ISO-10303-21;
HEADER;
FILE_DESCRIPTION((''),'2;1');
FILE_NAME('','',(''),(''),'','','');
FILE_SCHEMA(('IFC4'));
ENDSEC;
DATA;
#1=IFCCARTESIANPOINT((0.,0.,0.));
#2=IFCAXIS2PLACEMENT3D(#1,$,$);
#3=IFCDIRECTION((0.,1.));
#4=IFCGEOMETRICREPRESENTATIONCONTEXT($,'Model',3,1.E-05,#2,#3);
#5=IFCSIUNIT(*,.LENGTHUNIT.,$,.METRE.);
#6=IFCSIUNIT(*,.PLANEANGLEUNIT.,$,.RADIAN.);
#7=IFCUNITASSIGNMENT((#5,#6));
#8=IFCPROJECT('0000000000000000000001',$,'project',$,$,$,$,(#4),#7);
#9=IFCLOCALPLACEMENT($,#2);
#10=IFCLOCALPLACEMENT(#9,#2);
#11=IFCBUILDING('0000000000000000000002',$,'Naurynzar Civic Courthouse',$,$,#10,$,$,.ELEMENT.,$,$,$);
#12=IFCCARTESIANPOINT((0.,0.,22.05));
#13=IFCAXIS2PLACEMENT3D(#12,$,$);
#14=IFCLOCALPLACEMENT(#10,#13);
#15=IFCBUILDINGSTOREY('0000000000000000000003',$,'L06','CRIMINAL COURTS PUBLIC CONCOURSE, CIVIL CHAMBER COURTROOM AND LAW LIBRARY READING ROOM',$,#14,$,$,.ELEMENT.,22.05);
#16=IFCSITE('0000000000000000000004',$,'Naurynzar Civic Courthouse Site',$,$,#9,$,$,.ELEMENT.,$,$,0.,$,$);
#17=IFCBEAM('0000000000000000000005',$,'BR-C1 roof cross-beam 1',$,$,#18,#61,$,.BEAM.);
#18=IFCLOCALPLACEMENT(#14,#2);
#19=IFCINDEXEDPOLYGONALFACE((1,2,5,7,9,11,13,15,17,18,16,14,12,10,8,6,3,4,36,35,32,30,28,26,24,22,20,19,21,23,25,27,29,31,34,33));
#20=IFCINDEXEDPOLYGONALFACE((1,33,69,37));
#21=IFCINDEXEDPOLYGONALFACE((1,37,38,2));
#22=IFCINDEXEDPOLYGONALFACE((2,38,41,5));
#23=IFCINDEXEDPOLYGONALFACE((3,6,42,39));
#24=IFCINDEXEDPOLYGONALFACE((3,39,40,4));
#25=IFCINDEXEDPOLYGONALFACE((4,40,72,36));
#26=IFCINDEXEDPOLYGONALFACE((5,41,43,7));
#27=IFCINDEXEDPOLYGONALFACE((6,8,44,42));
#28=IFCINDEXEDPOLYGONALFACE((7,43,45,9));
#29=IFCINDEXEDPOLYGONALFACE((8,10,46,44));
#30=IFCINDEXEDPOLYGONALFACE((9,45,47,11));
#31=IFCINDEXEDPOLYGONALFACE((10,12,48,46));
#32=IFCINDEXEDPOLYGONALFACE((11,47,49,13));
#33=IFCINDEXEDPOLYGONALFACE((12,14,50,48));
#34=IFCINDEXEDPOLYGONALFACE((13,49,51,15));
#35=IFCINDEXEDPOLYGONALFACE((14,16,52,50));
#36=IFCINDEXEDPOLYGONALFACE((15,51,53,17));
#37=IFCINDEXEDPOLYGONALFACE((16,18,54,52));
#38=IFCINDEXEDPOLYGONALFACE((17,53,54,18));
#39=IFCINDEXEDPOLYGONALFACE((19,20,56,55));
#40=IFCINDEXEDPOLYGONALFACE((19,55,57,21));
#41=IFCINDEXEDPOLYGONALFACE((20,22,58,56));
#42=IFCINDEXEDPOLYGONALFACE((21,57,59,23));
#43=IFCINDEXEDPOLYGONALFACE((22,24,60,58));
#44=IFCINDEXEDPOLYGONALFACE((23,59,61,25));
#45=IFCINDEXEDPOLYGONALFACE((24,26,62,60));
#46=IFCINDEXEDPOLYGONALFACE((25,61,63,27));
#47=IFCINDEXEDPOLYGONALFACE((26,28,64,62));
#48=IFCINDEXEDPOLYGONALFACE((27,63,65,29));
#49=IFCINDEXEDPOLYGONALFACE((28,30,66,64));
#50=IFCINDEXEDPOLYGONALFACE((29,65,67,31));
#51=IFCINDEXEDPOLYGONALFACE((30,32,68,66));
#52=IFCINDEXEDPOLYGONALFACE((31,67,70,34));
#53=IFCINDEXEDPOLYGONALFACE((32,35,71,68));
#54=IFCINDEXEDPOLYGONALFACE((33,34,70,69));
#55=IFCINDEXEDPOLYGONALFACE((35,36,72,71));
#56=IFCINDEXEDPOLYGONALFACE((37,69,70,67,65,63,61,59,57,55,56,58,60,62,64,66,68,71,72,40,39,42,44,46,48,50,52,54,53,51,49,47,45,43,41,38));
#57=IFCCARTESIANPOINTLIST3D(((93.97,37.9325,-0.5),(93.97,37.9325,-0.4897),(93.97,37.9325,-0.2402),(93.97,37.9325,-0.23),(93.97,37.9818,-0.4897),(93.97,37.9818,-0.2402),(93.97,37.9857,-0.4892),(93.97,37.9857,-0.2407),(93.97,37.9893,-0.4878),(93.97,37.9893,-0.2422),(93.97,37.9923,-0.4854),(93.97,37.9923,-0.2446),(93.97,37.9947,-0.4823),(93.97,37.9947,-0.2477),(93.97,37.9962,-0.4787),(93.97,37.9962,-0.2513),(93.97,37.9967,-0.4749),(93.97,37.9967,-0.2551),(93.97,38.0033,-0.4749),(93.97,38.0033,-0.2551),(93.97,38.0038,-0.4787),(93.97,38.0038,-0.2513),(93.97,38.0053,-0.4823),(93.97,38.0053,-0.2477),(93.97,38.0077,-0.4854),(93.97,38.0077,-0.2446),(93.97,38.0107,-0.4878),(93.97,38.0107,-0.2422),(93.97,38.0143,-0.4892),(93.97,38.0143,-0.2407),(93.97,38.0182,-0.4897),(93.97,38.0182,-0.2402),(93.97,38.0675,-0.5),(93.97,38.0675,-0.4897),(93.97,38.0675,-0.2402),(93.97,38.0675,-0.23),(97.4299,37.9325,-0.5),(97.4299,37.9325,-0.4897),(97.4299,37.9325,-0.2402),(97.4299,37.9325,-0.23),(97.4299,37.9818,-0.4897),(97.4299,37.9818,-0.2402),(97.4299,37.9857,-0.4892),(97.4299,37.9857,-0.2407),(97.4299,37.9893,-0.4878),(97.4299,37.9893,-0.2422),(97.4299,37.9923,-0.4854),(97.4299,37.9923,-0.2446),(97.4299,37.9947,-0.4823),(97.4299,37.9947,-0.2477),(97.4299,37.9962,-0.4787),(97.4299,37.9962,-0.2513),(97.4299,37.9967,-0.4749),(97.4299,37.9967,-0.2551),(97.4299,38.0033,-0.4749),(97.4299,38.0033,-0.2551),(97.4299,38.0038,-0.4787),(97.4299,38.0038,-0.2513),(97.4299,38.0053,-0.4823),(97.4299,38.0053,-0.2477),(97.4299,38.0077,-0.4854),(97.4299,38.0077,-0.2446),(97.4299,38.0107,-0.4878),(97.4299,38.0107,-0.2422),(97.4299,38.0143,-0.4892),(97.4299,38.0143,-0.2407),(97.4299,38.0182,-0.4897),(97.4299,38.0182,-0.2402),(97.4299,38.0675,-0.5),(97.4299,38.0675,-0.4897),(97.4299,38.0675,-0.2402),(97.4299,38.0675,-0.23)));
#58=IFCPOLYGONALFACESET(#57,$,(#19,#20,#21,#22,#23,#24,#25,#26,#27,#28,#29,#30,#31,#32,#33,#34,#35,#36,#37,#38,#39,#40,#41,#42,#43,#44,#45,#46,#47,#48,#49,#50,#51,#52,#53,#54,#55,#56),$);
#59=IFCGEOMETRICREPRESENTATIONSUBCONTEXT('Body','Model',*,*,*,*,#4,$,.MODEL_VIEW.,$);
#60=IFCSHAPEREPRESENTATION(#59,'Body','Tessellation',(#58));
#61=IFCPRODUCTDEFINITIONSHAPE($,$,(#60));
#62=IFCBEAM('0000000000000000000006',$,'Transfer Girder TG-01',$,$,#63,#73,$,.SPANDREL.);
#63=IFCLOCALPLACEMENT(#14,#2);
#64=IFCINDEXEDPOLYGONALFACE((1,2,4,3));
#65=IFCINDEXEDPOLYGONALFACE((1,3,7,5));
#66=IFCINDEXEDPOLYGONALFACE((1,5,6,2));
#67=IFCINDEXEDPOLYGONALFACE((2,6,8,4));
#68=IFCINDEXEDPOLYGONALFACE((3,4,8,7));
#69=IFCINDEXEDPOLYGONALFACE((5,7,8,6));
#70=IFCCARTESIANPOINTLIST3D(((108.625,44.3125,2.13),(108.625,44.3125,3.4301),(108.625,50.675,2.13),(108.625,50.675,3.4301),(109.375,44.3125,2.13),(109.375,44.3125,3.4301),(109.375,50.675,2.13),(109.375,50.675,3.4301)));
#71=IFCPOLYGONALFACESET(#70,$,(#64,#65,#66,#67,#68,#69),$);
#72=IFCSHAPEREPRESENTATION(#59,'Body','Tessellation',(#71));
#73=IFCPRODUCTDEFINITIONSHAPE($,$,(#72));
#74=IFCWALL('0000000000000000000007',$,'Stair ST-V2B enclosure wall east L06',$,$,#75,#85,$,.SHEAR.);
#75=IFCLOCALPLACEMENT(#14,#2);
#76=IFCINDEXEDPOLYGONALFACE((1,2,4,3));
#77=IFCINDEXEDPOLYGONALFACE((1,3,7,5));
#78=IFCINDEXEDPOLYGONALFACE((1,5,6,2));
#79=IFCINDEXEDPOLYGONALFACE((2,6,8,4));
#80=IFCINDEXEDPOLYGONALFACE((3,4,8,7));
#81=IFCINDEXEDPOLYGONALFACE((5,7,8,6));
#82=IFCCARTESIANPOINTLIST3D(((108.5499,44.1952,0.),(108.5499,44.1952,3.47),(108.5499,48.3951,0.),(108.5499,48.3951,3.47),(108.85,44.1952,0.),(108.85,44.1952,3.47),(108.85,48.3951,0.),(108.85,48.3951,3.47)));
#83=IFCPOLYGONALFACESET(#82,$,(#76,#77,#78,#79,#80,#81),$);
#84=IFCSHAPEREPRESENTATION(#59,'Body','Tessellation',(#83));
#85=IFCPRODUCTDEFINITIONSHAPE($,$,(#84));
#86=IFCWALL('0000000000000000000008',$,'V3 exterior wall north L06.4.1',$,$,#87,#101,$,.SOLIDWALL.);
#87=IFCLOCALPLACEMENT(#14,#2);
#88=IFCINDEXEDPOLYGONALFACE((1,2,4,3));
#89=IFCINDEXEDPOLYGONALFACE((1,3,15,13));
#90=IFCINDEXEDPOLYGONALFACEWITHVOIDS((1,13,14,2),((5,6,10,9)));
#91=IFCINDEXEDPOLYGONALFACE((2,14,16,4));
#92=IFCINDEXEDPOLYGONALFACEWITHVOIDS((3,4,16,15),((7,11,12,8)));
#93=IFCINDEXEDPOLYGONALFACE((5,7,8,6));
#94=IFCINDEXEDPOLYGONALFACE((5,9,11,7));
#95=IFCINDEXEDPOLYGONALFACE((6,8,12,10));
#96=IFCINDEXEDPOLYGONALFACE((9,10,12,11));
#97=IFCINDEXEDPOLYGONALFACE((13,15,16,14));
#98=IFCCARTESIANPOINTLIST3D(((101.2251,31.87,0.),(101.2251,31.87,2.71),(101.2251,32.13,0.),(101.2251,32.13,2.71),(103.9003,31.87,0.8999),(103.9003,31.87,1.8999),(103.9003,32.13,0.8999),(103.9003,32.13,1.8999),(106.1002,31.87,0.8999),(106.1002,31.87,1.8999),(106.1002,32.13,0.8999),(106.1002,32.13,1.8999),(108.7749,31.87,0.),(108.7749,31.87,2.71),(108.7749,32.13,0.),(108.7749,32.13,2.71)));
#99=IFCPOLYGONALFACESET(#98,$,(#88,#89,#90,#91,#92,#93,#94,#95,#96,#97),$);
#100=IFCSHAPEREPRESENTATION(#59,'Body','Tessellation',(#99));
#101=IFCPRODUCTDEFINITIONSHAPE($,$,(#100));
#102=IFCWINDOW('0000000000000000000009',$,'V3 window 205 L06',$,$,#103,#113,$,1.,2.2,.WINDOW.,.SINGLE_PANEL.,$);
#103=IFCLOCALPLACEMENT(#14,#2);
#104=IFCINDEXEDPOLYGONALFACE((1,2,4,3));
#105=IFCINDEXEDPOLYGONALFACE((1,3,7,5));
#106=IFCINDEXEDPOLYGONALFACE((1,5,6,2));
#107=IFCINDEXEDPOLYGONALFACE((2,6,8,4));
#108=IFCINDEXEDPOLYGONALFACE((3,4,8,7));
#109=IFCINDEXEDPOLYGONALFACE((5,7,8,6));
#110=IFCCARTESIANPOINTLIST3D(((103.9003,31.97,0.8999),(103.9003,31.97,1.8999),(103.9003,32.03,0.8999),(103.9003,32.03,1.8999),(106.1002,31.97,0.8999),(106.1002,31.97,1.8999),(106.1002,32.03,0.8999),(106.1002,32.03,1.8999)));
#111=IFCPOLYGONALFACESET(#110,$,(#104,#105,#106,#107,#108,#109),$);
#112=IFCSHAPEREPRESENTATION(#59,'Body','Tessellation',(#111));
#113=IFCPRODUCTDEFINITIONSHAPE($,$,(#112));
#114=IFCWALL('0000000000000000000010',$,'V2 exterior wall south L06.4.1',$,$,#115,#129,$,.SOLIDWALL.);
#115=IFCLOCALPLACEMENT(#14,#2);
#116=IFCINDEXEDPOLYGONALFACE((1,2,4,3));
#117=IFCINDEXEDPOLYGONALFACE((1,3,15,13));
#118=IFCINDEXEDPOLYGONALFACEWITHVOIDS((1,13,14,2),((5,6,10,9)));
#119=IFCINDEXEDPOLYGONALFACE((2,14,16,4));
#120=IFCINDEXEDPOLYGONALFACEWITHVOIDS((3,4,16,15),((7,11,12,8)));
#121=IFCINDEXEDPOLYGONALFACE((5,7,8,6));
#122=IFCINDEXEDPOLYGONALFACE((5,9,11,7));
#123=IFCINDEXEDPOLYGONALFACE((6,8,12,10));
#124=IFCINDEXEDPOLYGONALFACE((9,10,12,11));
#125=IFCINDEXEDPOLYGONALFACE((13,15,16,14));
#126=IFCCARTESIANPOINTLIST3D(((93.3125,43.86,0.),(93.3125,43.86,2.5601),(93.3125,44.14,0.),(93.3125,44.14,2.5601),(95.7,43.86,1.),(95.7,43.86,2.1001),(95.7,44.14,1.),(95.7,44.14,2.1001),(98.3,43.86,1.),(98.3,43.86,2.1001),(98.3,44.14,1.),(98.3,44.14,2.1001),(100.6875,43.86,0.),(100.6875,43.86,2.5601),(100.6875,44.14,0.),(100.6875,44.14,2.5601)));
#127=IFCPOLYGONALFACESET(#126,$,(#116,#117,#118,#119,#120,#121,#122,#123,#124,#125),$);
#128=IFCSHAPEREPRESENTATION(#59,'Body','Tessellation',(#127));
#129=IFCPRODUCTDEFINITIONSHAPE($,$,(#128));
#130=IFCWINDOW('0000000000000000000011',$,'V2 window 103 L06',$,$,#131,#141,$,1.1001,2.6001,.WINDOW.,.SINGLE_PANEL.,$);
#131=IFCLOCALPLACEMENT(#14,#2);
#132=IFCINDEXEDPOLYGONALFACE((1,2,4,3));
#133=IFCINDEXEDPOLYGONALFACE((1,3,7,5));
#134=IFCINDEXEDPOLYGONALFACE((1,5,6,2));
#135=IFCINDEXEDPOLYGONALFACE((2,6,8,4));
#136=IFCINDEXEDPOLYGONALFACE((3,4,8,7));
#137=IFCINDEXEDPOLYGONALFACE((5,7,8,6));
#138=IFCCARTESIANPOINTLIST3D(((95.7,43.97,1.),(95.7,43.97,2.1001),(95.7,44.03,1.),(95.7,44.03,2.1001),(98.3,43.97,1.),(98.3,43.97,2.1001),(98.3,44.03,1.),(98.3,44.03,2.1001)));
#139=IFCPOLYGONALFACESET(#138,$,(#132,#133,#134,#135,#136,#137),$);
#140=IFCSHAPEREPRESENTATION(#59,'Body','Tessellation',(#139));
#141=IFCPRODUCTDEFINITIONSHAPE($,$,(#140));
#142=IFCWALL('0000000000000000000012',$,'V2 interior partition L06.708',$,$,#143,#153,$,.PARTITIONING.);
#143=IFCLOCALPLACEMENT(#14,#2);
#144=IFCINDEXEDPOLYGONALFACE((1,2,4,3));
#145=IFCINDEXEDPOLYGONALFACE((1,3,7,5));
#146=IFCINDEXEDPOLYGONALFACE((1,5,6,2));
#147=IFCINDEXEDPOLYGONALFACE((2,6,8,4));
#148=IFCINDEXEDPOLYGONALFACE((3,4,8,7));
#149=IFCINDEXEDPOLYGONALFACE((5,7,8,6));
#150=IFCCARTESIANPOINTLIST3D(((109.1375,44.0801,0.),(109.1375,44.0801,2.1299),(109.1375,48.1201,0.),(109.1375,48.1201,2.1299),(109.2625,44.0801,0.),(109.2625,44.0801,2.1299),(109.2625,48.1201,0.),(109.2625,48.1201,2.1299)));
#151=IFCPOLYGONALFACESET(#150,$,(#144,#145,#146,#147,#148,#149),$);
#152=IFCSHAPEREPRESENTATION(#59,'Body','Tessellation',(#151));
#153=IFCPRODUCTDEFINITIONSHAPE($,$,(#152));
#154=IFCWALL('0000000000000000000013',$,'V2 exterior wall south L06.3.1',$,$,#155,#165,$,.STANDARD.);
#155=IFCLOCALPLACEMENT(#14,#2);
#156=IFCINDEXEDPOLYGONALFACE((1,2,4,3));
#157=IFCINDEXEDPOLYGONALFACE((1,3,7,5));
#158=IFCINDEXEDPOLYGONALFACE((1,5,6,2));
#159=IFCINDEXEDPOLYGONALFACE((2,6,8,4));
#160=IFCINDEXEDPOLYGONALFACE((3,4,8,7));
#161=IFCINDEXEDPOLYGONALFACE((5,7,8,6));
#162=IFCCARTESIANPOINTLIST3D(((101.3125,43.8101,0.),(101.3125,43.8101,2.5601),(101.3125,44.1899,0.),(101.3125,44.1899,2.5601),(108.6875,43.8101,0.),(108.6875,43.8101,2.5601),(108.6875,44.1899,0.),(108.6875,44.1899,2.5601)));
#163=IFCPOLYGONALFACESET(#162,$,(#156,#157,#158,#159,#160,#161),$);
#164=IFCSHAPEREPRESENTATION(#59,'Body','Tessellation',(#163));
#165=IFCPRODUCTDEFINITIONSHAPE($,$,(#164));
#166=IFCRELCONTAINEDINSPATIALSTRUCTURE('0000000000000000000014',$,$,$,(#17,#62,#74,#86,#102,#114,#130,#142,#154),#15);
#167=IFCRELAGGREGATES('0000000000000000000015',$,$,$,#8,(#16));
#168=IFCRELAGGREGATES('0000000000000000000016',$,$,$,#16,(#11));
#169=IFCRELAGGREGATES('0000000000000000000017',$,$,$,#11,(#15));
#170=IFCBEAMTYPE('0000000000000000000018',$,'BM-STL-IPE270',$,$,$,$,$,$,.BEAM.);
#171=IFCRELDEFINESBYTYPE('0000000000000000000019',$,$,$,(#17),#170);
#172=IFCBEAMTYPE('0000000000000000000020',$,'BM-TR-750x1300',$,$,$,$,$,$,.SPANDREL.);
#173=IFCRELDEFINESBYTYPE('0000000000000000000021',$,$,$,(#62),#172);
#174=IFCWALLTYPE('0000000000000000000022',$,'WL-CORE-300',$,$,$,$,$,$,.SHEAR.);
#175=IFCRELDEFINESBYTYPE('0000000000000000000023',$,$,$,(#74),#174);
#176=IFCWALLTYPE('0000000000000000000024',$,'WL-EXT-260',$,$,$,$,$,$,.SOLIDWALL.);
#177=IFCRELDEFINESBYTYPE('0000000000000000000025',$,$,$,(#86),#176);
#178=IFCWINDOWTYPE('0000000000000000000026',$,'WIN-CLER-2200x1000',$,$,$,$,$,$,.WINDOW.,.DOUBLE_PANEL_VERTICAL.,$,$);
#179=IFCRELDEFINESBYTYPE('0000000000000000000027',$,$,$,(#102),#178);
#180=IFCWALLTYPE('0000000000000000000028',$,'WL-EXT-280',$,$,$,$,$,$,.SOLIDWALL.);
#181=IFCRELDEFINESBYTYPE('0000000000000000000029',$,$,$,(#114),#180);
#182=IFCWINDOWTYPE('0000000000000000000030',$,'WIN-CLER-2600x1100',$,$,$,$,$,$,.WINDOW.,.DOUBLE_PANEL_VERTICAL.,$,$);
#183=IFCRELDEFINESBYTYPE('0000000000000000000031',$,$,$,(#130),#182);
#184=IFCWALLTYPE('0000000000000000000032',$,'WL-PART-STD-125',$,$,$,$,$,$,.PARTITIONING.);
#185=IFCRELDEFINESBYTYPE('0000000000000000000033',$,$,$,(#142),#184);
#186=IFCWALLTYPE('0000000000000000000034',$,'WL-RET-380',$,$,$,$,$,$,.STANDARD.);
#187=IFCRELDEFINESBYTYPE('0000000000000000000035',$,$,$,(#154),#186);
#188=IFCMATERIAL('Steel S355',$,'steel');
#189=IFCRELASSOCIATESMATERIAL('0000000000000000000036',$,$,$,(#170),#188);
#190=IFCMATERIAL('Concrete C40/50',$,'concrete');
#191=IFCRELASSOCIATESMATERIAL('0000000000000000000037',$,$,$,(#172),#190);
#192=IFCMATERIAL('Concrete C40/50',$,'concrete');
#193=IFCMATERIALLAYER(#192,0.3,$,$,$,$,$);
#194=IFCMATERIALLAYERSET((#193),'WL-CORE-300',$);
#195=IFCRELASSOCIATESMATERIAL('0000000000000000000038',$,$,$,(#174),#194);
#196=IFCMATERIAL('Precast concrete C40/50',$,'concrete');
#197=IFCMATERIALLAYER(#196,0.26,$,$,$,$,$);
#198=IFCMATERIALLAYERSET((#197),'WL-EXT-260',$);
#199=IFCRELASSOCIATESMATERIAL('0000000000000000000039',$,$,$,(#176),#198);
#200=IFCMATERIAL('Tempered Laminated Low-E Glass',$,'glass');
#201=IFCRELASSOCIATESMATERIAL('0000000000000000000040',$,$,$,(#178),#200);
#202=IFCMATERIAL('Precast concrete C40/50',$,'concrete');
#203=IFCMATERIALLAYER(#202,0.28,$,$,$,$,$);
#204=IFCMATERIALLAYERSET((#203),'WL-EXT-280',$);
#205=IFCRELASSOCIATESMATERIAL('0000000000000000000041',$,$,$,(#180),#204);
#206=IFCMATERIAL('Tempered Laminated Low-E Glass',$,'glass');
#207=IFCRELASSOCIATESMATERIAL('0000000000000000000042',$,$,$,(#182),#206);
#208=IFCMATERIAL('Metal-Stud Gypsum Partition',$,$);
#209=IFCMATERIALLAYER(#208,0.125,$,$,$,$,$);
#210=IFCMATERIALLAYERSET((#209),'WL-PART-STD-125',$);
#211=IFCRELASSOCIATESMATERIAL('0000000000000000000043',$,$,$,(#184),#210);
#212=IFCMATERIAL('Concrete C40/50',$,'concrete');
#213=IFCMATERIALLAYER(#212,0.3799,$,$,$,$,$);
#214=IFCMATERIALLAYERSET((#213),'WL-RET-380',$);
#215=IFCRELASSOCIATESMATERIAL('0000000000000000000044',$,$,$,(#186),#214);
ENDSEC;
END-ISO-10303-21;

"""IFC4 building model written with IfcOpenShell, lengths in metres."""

from ifc_helpers import new_model, si_unit, direction, frame, frame_2d, origin, origin_2d, place, context, subcontext, project, spatial, rectangle, i_section, extrude, material, layer, layer_set, material_profile, profile_set, type_object, element, fill, save


model = new_model("IFC4")

# Units and contexts
model_context = context("Model", 3, precision=1e-05, world=origin(), true_north=direction((0.0, 1.0)))
body_context = subcontext(model_context, "Body", "Model", "MODEL_VIEW")
ifc_project = project(units=[si_unit("LENGTHUNIT", "METRE"), si_unit("PLANEANGLEUNIT", "RADIAN")], contexts=[model_context])

# Site, building, storey
site_placement = place(None, origin())
site = spatial("IfcSite", under=ifc_project, at=site_placement, Name="Naurynzar Civic Courthouse Site", CompositionType="ELEMENT", RefElevation=0.0)
building_placement = place(site_placement, origin())
building = spatial("IfcBuilding", under=site, at=building_placement, Name="Naurynzar Civic Courthouse", CompositionType="ELEMENT")
storey_placement = place(building_placement, frame((0.0, 0.0, 22.05)))
storey = spatial("IfcBuildingStorey", under=building, at=storey_placement, Name="L06", Description="CRIMINAL COURTS PUBLIC CONCOURSE, CIVIL CHAMBER COURTROOM AND LAW LIBRARY READING ROOM", CompositionType="ELEMENT", Elevation=22.05)

# Beams
ifc_material_1 = material(Name="Steel S355", Category="steel")
ifc_material_profile_1 = material_profile(ifc_material_1, i_section(OverallWidth=0.135, OverallDepth=0.27, WebThickness=0.0066, FlangeThickness=0.0103, FilletRadius=0.0149, at=origin_2d()), Name="IPE 270")
ifc_profile_set_1 = profile_set([ifc_material_profile_1], Name="Steel S355")
beam_type_1 = type_object("IfcBeamType", Name="BM-STL-IPE270", PredefinedType="BEAM", material=ifc_profile_set_1)
beam_1_placement = place(storey_placement, frame((93.97, 38.0, -0.365), z_axis=(1.0, 0.0, 0.0), x_axis=(0.0, 1.0, 0.0)))
element("IfcBeam", 1, at=beam_1_placement, inside=storey, type_object=beam_type_1, Name="BR-C1 roof cross-beam 1", PredefinedType="BEAM", context=body_context, shape_type="SweptSolid", body=[
    extrude(i_section(OverallWidth=0.135, OverallDepth=0.27, WebThickness=0.0066, FlangeThickness=0.0103, FilletRadius=0.0149, at=origin_2d()), origin(), (0.0, 0.0, 1.0), 3.46),
])
ifc_material_2 = material(Name="Concrete C40/50", Category="concrete")
ifc_material_profile_2 = material_profile(ifc_material_2, rectangle(XDim=0.75, YDim=1.3, at=origin_2d()), Name="RCT 750x1300")
ifc_profile_set_2 = profile_set([ifc_material_profile_2], Name="Concrete C40/50")
beam_type_2 = type_object("IfcBeamType", Name="BM-TR-750x1300", PredefinedType="SPANDREL", material=ifc_profile_set_2)
beam_2_placement = place(storey_placement, frame((109.0, 44.3125, 2.78), z_axis=(0.0, 1.0, 0.0), x_axis=(-1.0, 0.0, 0.0)))
element("IfcBeam", 2, at=beam_2_placement, inside=storey, type_object=beam_type_2, Name="Transfer Girder TG-01", PredefinedType="SPANDREL", context=body_context, shape_type="SweptSolid", body=[
    extrude(rectangle(XDim=0.75, YDim=1.3, at=origin_2d()), origin(), (0.0, 0.0, 1.0), 6.3625),
])

# Wall
ifc_material_3 = material(Name="Concrete C40/50", Category="concrete")
ifc_layer_1 = layer(ifc_material_3, 0.3)
ifc_layer_set_1 = layer_set([ifc_layer_1], Name="WL-CORE-300")
wall_type_1 = type_object("IfcWallType", Name="WL-CORE-300", PredefinedType="SHEAR", material=ifc_layer_set_1)
wall_1_placement = place(storey_placement, frame((108.7, 44.1951, 0.0), z_axis=(0.0, 0.0, 1.0), x_axis=(0.0, 1.0, 0.0)))
element("IfcWall", 3, at=wall_1_placement, inside=storey, type_object=wall_type_1, Name="Stair ST-V2B enclosure wall east L06", PredefinedType="SHEAR", context=body_context, shape_type="SweptSolid", body=[
    extrude(rectangle(XDim=4.2, YDim=0.3, at=frame_2d((2.1001, 0.0))), origin(), (0.0, 0.0, 1.0), 3.47),
])

# Walls, openings, windows
ifc_material_4 = material(Name="Precast concrete C40/50", Category="concrete")
ifc_layer_2 = layer(ifc_material_4, 0.26)
ifc_layer_set_2 = layer_set([ifc_layer_2], Name="WL-EXT-260")
wall_type_2 = type_object("IfcWallType", Name="WL-EXT-260", PredefinedType="SOLIDWALL", material=ifc_layer_set_2)
wall_2_placement = place(storey_placement, frame((101.2251, 32.0, 0.0), z_axis=(0.0, 0.0, 1.0), x_axis=(1.0, 0.0, 0.0)))
wall_2 = element("IfcWall", 4, at=wall_2_placement, inside=storey, type_object=wall_type_2, Name="V3 exterior wall north L06.4.1", PredefinedType="SOLIDWALL", context=body_context, shape_type="SweptSolid", body=[
    extrude(rectangle(XDim=7.5498, YDim=0.26, at=frame_2d((3.7749, 0.0))), origin(), (0.0, 0.0, 1.0), 2.71),
])
opening_1_placement = place(wall_2_placement, frame((2.675, 0.0, 0.8999)))
opening_1 = element("IfcOpeningElement", 5, at=opening_1_placement, cuts=wall_2, PredefinedType="OPENING", context=body_context, shape_type="SweptSolid", body=[
    extrude(rectangle(XDim=2.2, YDim=1.0, at=frame_2d((1.1001, 0.5))), frame((0.0, 0.1399, 0.0), z_axis=(0.0, -1.0, 0.0), x_axis=(1.0, 0.0, 0.0)), (0.0, 0.0, 1.0), 0.28),
])
ifc_material_5 = material(Name="Tempered Laminated Low-E Glass", Category="glass")
window_type_1 = type_object("IfcWindowType", Name="WIN-CLER-2200x1000", PartitioningType="DOUBLE_PANEL_VERTICAL", PredefinedType="WINDOW", material=ifc_material_5)
window_1_placement = place(opening_1_placement, origin())
window_1 = element("IfcWindow", 6, at=window_1_placement, inside=storey, type_object=window_type_1, Name="V3 window 205 L06", OverallHeight=1.0, OverallWidth=2.2, PartitioningType="SINGLE_PANEL", PredefinedType="WINDOW", context=body_context, shape_type="SweptSolid", body=[
    extrude(rectangle(XDim=2.2, YDim=1.0, at=frame_2d((1.1001, 0.5))), frame((0.0, 0.03, 0.0), z_axis=(0.0, -1.0, 0.0), x_axis=(1.0, 0.0, 0.0)), (0.0, 0.0, 1.0), 0.0601),
])
fill(opening_1, window_1)
ifc_material_6 = material(Name="Precast concrete C40/50", Category="concrete")
ifc_layer_3 = layer(ifc_material_6, 0.28)
ifc_layer_set_3 = layer_set([ifc_layer_3], Name="WL-EXT-280")
wall_type_3 = type_object("IfcWallType", Name="WL-EXT-280", PredefinedType="SOLIDWALL", material=ifc_layer_set_3)
wall_3_placement = place(storey_placement, frame((100.6875, 44.0, 0.0), z_axis=(0.0, 0.0, 1.0), x_axis=(-1.0, 0.0, 0.0)))
wall_3 = element("IfcWall", 7, at=wall_3_placement, inside=storey, type_object=wall_type_3, Name="V2 exterior wall south L06.4.1", PredefinedType="SOLIDWALL", context=body_context, shape_type="SweptSolid", body=[
    extrude(rectangle(XDim=7.375, YDim=0.28, at=frame_2d((3.6875, 0.0))), origin(), (0.0, 0.0, 1.0), 2.5601),
])
opening_2_placement = place(wall_3_placement, frame((2.3875, 0.0, 1.0)))
opening_2 = element("IfcOpeningElement", 8, at=opening_2_placement, cuts=wall_3, PredefinedType="OPENING", context=body_context, shape_type="SweptSolid", body=[
    extrude(rectangle(XDim=2.6001, YDim=1.1001, at=frame_2d((1.3, 0.55))), frame((0.0, 0.1499, 0.0), z_axis=(0.0, -1.0, 0.0), x_axis=(1.0, 0.0, 0.0)), (0.0, 0.0, 1.0), 0.3),
])
ifc_material_7 = material(Name="Tempered Laminated Low-E Glass", Category="glass")
window_type_2 = type_object("IfcWindowType", Name="WIN-CLER-2600x1100", PartitioningType="DOUBLE_PANEL_VERTICAL", PredefinedType="WINDOW", material=ifc_material_7)
window_2_placement = place(opening_2_placement, origin())
window_2 = element("IfcWindow", 9, at=window_2_placement, inside=storey, type_object=window_type_2, Name="V2 window 103 L06", OverallHeight=1.1001, OverallWidth=2.6001, PartitioningType="SINGLE_PANEL", PredefinedType="WINDOW", context=body_context, shape_type="SweptSolid", body=[
    extrude(rectangle(XDim=2.6001, YDim=1.1001, at=frame_2d((1.3, 0.55))), frame((0.0, 0.03, 0.0), z_axis=(0.0, -1.0, 0.0), x_axis=(1.0, 0.0, 0.0)), (0.0, 0.0, 1.0), 0.0601),
])
fill(opening_2, window_2)

# Walls
ifc_material_8 = material(Name="Metal-Stud Gypsum Partition")
ifc_layer_4 = layer(ifc_material_8, 0.125)
ifc_layer_set_4 = layer_set([ifc_layer_4], Name="WL-PART-STD-125")
wall_type_4 = type_object("IfcWallType", Name="WL-PART-STD-125", PredefinedType="PARTITIONING", material=ifc_layer_set_4)
wall_4_placement = place(storey_placement, frame((109.2, 44.0801, 0.0), z_axis=(0.0, 0.0, 1.0), x_axis=(0.0, 1.0, 0.0)))
element("IfcWall", 10, at=wall_4_placement, inside=storey, type_object=wall_type_4, Name="V2 interior partition L06.708", PredefinedType="PARTITIONING", context=body_context, shape_type="SweptSolid", body=[
    extrude(rectangle(XDim=4.04, YDim=0.125, at=frame_2d((2.02, 0.0))), origin(), (0.0, 0.0, 1.0), 2.1299),
])
ifc_material_9 = material(Name="Concrete C40/50", Category="concrete")
ifc_layer_5 = layer(ifc_material_9, 0.3799)
ifc_layer_set_5 = layer_set([ifc_layer_5], Name="WL-RET-380")
wall_type_5 = type_object("IfcWallType", Name="WL-RET-380", PredefinedType="STANDARD", material=ifc_layer_set_5)
for number, where, z_axis, x_axis, name in (
    (11, (108.6875, 44.0, 0.0), (0.0, 0.0, 1.0), (-1.0, 0.0, 0.0), "V2 exterior wall south L06.3.1"),
):
    element("IfcWall", number, at=place(storey_placement, frame(where, z_axis=z_axis, x_axis=x_axis)), inside=storey, type_object=wall_type_5, Name=name, PredefinedType="STANDARD", context=body_context, shape_type="SweptSolid", body=[
        extrude(rectangle(XDim=7.375, YDim=0.3799, at=frame_2d((3.6875, 0.0))), origin(), (0.0, 0.0, 1.0), 2.5601),
    ])

save(model, "model.ifc")
